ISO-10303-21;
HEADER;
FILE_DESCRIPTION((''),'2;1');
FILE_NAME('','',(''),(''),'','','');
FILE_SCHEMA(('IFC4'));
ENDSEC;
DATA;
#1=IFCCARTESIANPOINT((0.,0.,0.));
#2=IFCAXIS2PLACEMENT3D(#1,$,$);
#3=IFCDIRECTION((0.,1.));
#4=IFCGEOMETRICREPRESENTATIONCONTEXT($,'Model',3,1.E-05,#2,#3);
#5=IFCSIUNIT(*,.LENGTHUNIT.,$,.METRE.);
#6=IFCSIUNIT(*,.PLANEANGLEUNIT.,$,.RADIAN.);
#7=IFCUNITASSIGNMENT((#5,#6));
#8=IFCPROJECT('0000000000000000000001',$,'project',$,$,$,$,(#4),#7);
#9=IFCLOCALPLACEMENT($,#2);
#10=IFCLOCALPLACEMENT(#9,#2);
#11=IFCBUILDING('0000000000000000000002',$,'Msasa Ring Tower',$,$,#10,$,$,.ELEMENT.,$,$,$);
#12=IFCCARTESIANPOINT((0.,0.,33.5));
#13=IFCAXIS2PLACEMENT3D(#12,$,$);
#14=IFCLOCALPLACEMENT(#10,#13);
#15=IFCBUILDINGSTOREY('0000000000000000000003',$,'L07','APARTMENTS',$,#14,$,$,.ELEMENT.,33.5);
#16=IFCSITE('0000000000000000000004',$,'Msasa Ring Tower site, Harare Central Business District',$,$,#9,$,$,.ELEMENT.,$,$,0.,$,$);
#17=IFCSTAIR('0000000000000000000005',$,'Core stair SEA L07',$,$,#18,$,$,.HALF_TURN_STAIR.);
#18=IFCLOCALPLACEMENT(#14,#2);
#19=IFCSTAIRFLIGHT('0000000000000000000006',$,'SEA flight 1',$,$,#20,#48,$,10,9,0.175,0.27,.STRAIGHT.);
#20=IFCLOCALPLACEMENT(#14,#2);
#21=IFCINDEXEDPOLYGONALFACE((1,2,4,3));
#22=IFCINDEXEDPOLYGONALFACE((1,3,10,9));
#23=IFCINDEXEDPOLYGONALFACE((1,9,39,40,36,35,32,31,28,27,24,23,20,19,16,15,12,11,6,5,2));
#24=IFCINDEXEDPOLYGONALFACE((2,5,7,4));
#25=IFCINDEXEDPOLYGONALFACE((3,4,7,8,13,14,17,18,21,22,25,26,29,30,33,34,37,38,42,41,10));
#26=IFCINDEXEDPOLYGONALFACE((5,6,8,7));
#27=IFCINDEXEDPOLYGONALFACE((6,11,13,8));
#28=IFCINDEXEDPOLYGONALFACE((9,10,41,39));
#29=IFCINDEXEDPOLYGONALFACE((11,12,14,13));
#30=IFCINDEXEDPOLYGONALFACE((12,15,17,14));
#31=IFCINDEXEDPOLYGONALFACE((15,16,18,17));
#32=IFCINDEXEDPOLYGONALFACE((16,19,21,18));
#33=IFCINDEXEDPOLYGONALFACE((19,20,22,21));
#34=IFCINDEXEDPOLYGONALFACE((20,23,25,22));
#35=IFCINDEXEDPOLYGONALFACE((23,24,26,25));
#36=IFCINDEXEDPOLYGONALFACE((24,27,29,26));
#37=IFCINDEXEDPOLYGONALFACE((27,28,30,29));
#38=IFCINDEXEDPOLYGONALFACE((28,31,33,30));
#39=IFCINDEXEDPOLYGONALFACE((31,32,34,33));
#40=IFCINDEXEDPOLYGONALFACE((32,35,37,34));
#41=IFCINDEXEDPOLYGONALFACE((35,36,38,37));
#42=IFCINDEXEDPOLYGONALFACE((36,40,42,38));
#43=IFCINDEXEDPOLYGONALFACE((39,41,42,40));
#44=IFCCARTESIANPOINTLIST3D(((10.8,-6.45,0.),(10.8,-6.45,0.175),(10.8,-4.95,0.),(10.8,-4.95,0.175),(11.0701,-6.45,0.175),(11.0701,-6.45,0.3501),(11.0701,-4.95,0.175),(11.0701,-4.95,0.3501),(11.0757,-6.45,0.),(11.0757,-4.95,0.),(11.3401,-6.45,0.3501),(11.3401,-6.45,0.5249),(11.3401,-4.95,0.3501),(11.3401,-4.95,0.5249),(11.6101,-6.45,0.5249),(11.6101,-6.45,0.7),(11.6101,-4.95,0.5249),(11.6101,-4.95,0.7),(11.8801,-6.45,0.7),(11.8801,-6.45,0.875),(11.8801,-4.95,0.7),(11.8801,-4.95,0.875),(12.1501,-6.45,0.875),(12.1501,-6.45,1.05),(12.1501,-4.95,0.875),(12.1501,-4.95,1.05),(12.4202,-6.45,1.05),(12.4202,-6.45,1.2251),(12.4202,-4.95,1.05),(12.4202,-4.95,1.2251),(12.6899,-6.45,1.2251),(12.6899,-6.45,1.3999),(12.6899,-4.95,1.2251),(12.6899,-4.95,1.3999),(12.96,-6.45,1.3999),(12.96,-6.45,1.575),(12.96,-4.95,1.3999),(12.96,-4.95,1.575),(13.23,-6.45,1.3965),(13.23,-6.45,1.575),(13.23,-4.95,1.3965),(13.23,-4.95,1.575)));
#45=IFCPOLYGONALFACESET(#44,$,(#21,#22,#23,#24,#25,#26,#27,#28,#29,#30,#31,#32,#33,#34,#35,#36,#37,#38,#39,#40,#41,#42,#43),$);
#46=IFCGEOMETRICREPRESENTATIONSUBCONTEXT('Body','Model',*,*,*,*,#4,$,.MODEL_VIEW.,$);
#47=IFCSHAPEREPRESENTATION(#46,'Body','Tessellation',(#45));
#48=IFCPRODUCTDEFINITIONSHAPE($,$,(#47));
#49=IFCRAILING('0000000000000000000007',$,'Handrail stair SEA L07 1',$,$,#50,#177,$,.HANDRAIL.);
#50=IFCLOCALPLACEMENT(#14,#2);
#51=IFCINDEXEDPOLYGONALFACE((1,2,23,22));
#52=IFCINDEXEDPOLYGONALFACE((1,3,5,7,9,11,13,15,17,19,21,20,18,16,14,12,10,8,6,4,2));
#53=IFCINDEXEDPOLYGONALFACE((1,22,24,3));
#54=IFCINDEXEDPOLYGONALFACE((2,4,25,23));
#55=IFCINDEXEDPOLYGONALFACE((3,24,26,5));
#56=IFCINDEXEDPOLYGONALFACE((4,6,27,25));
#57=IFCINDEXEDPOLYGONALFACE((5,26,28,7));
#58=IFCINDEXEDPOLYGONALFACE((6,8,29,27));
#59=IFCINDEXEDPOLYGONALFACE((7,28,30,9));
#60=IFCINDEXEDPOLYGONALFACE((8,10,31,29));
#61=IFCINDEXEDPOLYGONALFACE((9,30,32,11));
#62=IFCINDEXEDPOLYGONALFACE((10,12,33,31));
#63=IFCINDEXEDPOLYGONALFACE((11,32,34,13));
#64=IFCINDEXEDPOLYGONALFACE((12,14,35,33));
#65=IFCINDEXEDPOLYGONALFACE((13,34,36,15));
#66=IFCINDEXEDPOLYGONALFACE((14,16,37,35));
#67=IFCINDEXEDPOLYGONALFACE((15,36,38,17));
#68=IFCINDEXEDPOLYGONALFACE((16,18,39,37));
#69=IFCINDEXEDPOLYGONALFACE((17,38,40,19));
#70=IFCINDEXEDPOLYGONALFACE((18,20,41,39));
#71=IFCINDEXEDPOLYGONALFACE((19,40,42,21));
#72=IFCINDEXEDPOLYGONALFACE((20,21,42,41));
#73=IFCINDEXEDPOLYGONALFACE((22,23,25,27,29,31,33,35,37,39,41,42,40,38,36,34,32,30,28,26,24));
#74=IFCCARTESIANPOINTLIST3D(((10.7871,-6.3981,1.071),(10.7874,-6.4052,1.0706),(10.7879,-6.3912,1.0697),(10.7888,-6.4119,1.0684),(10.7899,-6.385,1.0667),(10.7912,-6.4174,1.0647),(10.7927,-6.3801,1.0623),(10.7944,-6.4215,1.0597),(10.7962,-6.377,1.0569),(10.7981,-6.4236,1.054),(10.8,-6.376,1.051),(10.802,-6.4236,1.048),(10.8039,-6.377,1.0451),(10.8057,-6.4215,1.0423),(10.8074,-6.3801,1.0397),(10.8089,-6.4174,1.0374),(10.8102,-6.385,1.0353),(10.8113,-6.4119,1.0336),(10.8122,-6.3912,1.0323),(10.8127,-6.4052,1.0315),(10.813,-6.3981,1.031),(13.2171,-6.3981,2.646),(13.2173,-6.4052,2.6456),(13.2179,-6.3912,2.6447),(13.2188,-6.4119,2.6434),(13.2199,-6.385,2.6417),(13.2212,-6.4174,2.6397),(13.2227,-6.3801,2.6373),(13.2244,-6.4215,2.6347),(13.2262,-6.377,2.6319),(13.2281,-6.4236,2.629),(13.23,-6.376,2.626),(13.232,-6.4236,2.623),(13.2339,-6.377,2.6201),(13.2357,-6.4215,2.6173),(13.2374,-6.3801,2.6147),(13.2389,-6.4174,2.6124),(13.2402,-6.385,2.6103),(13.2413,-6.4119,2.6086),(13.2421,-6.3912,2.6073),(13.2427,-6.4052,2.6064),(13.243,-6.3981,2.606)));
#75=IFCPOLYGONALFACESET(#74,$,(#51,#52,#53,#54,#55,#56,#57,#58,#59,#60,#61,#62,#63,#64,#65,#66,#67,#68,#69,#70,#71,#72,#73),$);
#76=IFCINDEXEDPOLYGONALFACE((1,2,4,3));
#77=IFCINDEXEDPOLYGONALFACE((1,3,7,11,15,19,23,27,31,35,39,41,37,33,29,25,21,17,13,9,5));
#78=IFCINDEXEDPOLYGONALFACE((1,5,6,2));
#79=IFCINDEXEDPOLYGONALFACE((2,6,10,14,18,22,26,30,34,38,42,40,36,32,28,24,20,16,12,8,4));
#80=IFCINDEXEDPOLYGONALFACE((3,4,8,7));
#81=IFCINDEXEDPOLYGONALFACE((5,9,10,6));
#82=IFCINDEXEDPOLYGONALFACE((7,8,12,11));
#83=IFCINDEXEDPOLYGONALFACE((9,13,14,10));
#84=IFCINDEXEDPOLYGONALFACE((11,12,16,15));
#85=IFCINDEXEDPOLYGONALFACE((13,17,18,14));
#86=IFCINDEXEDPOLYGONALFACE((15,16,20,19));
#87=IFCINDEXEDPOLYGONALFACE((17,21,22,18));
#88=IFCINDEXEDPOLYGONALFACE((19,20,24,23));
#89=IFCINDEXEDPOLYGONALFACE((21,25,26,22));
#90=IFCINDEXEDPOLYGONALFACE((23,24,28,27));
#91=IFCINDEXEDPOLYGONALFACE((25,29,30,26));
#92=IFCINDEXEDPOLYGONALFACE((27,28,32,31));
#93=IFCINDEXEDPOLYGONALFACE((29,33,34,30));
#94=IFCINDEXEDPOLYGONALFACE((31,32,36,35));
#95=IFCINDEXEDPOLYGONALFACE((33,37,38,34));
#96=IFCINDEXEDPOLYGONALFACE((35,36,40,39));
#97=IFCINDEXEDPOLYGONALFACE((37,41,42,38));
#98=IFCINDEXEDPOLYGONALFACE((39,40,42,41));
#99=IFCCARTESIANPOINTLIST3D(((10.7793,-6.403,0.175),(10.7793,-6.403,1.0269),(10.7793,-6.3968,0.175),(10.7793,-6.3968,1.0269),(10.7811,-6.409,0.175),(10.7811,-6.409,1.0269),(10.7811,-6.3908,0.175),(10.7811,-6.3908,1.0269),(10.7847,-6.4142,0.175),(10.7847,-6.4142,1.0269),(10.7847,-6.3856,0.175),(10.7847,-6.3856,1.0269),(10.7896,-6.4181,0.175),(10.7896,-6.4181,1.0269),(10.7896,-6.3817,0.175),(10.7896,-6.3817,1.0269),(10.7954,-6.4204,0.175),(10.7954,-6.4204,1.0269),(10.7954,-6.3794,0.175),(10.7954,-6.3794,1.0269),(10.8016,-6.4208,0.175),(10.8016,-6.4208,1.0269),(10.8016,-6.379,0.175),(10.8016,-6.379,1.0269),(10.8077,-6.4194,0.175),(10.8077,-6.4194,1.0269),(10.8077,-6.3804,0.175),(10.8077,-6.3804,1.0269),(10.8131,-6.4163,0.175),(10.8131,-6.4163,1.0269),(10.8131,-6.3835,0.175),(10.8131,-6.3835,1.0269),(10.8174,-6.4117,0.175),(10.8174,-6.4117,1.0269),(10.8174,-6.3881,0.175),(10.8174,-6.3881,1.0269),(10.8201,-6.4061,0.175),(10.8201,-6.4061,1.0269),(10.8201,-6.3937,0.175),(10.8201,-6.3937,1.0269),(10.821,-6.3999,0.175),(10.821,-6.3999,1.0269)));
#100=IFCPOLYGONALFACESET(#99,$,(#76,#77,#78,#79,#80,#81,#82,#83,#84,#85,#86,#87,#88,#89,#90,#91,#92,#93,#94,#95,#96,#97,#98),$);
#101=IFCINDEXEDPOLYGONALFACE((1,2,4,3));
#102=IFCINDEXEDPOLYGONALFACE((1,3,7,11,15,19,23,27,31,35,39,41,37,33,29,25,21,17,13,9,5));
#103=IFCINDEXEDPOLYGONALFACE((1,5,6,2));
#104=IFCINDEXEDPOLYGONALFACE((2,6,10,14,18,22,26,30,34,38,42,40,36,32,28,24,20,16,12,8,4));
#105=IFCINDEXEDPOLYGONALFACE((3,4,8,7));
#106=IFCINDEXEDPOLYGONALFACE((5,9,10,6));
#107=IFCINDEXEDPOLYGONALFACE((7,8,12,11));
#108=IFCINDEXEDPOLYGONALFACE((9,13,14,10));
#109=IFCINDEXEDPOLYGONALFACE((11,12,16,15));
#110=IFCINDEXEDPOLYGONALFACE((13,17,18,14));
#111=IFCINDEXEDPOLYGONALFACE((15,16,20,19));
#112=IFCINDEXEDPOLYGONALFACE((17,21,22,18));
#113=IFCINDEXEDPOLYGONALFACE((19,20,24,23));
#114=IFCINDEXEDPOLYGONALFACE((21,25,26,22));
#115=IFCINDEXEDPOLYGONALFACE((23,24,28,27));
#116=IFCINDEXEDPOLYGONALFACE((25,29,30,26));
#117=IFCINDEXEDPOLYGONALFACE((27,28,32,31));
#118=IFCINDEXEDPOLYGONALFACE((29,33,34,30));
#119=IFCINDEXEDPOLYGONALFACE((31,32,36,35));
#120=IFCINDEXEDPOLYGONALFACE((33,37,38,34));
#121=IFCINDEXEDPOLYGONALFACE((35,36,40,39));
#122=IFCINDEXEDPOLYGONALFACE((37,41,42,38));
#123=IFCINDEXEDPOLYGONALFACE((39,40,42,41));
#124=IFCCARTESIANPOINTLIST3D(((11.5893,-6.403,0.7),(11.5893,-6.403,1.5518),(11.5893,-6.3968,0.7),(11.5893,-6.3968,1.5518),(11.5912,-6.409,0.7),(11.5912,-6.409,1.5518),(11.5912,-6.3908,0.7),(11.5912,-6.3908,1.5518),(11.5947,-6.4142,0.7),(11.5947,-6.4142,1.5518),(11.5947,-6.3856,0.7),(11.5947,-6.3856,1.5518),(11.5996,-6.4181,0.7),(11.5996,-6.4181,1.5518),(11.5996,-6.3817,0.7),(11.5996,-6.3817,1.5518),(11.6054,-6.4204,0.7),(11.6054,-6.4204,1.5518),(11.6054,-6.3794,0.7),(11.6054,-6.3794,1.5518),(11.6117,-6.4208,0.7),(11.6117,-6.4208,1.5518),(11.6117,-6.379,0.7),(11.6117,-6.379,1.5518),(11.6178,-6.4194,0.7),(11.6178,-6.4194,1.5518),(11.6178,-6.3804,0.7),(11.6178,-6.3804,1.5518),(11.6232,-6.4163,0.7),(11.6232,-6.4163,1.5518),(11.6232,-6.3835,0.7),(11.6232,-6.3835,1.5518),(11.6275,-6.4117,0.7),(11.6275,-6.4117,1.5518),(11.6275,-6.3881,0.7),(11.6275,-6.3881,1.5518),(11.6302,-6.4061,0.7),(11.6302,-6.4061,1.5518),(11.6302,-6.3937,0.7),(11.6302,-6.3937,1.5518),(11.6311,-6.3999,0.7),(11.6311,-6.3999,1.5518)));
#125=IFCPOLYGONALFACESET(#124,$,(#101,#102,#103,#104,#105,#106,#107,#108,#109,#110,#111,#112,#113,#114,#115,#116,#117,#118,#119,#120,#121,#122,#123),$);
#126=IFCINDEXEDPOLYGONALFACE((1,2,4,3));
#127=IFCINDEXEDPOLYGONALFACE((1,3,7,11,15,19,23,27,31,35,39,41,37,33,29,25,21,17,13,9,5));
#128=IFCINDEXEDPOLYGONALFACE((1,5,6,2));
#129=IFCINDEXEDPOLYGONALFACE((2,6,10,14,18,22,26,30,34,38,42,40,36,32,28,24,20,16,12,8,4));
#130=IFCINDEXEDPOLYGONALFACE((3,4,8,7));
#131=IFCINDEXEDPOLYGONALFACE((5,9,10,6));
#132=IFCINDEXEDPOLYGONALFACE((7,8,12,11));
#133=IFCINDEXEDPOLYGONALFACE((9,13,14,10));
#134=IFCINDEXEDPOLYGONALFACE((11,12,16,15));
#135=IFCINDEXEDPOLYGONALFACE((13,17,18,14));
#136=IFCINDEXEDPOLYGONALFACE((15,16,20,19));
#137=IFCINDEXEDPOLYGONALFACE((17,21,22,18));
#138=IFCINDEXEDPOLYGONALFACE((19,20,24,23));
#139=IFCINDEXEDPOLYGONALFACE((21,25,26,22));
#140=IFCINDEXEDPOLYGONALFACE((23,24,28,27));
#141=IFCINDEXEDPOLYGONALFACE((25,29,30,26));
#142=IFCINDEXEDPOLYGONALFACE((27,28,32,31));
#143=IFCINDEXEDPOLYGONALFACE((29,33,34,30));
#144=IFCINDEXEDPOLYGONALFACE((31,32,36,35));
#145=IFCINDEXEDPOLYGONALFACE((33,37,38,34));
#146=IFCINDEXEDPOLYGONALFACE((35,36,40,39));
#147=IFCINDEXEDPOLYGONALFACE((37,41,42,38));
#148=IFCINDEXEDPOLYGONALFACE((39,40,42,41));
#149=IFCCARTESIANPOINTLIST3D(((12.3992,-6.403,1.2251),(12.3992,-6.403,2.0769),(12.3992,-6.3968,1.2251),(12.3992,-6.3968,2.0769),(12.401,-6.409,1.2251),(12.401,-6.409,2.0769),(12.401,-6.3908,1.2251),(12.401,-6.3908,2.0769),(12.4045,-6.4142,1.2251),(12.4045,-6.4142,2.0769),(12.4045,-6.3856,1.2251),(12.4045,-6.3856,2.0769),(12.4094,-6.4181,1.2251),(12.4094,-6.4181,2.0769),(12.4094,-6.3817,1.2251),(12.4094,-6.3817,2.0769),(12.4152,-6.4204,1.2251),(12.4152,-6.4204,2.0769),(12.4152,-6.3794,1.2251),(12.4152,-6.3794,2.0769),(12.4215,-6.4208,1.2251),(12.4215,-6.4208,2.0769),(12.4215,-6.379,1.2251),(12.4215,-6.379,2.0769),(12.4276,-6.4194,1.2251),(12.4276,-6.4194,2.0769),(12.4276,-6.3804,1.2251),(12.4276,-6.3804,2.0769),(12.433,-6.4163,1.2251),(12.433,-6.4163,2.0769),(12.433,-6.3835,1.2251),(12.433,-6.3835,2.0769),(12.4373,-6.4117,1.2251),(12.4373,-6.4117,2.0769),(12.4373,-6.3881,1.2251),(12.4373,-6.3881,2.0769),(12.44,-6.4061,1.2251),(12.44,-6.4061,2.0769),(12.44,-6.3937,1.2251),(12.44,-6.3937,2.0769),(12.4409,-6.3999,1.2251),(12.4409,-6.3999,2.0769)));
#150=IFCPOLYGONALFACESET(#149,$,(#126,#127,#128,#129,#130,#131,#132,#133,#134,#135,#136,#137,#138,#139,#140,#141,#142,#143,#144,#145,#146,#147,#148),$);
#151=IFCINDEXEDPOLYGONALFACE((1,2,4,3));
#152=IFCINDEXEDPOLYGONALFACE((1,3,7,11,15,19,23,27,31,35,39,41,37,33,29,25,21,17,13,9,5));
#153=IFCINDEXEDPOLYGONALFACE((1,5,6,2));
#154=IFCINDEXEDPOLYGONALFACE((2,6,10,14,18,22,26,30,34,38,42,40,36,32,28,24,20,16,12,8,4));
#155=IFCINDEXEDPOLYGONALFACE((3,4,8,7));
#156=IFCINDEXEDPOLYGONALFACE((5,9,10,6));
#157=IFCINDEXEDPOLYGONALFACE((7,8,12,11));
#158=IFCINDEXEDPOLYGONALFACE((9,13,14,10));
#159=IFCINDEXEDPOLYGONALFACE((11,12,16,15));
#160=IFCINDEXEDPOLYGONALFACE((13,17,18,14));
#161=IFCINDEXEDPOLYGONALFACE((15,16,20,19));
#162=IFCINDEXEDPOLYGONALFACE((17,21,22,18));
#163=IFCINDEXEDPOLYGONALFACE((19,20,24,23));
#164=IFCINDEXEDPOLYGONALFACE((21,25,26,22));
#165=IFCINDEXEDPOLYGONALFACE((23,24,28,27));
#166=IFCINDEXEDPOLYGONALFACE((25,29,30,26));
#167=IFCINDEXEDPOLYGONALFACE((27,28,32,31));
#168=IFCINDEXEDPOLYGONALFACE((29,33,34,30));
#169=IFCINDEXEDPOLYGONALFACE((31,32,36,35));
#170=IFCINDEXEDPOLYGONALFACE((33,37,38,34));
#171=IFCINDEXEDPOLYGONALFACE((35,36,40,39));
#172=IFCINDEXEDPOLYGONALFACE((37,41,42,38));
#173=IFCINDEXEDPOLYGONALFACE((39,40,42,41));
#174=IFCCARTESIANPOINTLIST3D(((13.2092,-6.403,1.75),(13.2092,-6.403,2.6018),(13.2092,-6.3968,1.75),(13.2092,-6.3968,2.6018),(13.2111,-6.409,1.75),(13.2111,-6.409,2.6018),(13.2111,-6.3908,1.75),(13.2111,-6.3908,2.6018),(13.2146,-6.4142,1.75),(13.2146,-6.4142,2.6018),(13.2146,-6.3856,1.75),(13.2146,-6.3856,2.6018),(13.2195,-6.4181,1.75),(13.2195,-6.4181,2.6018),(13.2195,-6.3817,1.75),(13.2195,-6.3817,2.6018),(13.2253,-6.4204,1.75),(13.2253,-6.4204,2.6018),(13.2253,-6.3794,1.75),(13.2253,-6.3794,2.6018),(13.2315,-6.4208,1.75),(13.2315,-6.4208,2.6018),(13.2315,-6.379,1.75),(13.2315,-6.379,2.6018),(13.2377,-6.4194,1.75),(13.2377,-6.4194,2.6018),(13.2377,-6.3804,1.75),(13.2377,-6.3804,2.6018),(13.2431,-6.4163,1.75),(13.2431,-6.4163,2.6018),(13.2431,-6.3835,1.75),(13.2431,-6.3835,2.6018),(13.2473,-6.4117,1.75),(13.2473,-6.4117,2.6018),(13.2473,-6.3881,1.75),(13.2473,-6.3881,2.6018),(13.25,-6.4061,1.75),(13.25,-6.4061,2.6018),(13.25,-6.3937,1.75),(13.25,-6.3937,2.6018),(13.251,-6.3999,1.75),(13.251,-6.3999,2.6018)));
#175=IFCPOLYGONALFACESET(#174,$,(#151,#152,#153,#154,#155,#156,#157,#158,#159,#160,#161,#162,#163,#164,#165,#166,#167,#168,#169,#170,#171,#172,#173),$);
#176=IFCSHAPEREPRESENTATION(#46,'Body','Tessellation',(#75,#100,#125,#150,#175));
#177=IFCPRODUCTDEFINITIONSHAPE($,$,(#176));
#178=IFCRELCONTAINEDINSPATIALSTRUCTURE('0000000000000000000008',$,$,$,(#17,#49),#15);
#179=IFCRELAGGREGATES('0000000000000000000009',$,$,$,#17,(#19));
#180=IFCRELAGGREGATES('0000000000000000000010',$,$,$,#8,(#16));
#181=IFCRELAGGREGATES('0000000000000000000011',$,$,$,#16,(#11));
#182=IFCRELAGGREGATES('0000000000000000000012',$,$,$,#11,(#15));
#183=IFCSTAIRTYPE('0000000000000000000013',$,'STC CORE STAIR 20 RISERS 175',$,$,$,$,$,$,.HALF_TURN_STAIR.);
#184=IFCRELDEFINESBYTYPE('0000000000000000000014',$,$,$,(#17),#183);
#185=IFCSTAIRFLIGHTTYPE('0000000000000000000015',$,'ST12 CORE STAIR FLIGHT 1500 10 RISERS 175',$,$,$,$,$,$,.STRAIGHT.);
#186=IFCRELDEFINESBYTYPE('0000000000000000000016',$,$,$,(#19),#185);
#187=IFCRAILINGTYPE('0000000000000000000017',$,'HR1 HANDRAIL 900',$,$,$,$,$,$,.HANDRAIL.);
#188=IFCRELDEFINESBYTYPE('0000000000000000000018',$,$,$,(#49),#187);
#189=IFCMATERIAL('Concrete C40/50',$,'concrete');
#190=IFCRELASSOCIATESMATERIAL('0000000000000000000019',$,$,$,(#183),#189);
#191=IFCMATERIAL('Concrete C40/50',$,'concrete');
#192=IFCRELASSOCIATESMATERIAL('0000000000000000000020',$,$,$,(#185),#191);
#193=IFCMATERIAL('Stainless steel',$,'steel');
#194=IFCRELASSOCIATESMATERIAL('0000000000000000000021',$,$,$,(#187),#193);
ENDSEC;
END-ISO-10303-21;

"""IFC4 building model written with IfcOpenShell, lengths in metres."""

from ifc_helpers import new_model, si_unit, direction, frame, origin, origin_2d, place, context, subcontext, project, spatial, polyline, circle, outline, extrude, material, type_object, element, aggregate, save


model = new_model("IFC4")

# Units and contexts
model_context = context("Model", 3, precision=1e-05, world=origin(), true_north=direction((0.0, 1.0)))
body_context = subcontext(model_context, "Body", "Model", "MODEL_VIEW")
ifc_project = project(units=[si_unit("LENGTHUNIT", "METRE"), si_unit("PLANEANGLEUNIT", "RADIAN")], contexts=[model_context])

# Site, building, storey
site_placement = place(None, origin())
site = spatial("IfcSite", under=ifc_project, at=site_placement, Name="Msasa Ring Tower site, Harare Central Business District", CompositionType="ELEMENT", RefElevation=0.0)
building_placement = place(site_placement, origin())
building = spatial("IfcBuilding", under=site, at=building_placement, Name="Msasa Ring Tower", CompositionType="ELEMENT")
storey_placement = place(building_placement, frame((0.0, 0.0, 33.5)))
storey = spatial("IfcBuildingStorey", under=building, at=storey_placement, Name="L07", Description="APARTMENTS", CompositionType="ELEMENT", Elevation=33.5)

# Stair, stair flight
ifc_material_1 = material(Name="Concrete C40/50", Category="concrete")
stair_type = type_object("IfcStairType", Name="STC CORE STAIR 20 RISERS 175", PredefinedType="HALF_TURN_STAIR", material=ifc_material_1)
stair_placement = place(storey_placement, origin())
stair = element("IfcStair", 1, at=stair_placement, inside=storey, type_object=stair_type, Name="Core stair SEA L07", PredefinedType="HALF_TURN_STAIR")
ifc_material_2 = material(Name="Concrete C40/50", Category="concrete")
stair_flight_type = type_object("IfcStairFlightType", Name="ST12 CORE STAIR FLIGHT 1500 10 RISERS 175", PredefinedType="STRAIGHT", material=ifc_material_2)
stair_flight_placement = place(storey_placement, frame((10.8, -5.7, 0.0), z_axis=(0.0, 0.0, 1.0), x_axis=(1.0, 0.0, 0.0)))
stair_flight = element("IfcStairFlight", 2, at=stair_flight_placement, type_object=stair_flight_type, Name="SEA flight 1", NumberOfRisers=10, NumberOfTreads=9, PredefinedType="STRAIGHT", RiserHeight=0.175, TreadLength=0.27, context=body_context, shape_type="SweptSolid", body=[
    extrude(outline(polyline([(0.0, 0.0), (0.0, 0.175), (0.27, 0.175), (0.27, 0.3501), (0.54, 0.3501), (0.54, 0.5249), (0.8101, 0.5249), (0.8101, 0.7), (1.0801, 0.7), (1.0801, 0.875), (1.3501, 0.875), (1.3501, 1.05), (1.6201, 1.05), (1.6201, 1.2251), (1.8899, 1.2251), (1.8899, 1.3999), (2.1599, 1.3999), (2.1599, 1.575), (2.4299, 1.575), (2.4299, 1.75), (2.4299, 1.3965), (0.2756, 0.0), (0.0, 0.0)])), frame((0.0, 0.75, 0.0), z_axis=(0.0, -1.0, 0.0), x_axis=(1.0, 0.0, 0.0)), (0.0, 0.0, 1.0), 1.5),
])
aggregate(stair, [stair_flight])

# Railing
ifc_material_3 = material(Name="Stainless steel", Category="steel")
railing_type = type_object("IfcRailingType", Name="HR1 HANDRAIL 900", PredefinedType="HANDRAIL", material=ifc_material_3)
for number, where, name in (
    (3, (10.8, -6.3999, 0.175), "Handrail stair SEA L07 1"),
):
    element("IfcRailing", number, at=place(storey_placement, frame(where)), inside=storey, type_object=railing_type, Name=name, PredefinedType="HANDRAIL", context=body_context, shape_type="SweptSolid", body=[
        extrude(circle(Radius=0.0239, at=origin_2d()), frame((0.0, 0.0, 0.876), z_axis=(0.839154, 0.0, 0.543894), x_axis=(0.0, 1.0, 0.0)), (0.0, 0.0, 1.0), 2.8958),
        extrude(circle(Radius=0.021, at=origin_2d()), origin(), (0.0, 0.0, 1.0), 0.8518),
        extrude(circle(Radius=0.021, at=origin_2d()), frame((0.8101, 0.0, 0.5249)), (0.0, 0.0, 1.0), 0.8518),
        extrude(circle(Radius=0.021, at=origin_2d()), frame((1.6199, 0.0, 1.05)), (0.0, 0.0, 1.0), 0.8518),
        extrude(circle(Radius=0.021, at=origin_2d()), frame((2.4299, 0.0, 1.575)), (0.0, 0.0, 1.0), 0.8518),
    ])

save(model, "model.ifc")
